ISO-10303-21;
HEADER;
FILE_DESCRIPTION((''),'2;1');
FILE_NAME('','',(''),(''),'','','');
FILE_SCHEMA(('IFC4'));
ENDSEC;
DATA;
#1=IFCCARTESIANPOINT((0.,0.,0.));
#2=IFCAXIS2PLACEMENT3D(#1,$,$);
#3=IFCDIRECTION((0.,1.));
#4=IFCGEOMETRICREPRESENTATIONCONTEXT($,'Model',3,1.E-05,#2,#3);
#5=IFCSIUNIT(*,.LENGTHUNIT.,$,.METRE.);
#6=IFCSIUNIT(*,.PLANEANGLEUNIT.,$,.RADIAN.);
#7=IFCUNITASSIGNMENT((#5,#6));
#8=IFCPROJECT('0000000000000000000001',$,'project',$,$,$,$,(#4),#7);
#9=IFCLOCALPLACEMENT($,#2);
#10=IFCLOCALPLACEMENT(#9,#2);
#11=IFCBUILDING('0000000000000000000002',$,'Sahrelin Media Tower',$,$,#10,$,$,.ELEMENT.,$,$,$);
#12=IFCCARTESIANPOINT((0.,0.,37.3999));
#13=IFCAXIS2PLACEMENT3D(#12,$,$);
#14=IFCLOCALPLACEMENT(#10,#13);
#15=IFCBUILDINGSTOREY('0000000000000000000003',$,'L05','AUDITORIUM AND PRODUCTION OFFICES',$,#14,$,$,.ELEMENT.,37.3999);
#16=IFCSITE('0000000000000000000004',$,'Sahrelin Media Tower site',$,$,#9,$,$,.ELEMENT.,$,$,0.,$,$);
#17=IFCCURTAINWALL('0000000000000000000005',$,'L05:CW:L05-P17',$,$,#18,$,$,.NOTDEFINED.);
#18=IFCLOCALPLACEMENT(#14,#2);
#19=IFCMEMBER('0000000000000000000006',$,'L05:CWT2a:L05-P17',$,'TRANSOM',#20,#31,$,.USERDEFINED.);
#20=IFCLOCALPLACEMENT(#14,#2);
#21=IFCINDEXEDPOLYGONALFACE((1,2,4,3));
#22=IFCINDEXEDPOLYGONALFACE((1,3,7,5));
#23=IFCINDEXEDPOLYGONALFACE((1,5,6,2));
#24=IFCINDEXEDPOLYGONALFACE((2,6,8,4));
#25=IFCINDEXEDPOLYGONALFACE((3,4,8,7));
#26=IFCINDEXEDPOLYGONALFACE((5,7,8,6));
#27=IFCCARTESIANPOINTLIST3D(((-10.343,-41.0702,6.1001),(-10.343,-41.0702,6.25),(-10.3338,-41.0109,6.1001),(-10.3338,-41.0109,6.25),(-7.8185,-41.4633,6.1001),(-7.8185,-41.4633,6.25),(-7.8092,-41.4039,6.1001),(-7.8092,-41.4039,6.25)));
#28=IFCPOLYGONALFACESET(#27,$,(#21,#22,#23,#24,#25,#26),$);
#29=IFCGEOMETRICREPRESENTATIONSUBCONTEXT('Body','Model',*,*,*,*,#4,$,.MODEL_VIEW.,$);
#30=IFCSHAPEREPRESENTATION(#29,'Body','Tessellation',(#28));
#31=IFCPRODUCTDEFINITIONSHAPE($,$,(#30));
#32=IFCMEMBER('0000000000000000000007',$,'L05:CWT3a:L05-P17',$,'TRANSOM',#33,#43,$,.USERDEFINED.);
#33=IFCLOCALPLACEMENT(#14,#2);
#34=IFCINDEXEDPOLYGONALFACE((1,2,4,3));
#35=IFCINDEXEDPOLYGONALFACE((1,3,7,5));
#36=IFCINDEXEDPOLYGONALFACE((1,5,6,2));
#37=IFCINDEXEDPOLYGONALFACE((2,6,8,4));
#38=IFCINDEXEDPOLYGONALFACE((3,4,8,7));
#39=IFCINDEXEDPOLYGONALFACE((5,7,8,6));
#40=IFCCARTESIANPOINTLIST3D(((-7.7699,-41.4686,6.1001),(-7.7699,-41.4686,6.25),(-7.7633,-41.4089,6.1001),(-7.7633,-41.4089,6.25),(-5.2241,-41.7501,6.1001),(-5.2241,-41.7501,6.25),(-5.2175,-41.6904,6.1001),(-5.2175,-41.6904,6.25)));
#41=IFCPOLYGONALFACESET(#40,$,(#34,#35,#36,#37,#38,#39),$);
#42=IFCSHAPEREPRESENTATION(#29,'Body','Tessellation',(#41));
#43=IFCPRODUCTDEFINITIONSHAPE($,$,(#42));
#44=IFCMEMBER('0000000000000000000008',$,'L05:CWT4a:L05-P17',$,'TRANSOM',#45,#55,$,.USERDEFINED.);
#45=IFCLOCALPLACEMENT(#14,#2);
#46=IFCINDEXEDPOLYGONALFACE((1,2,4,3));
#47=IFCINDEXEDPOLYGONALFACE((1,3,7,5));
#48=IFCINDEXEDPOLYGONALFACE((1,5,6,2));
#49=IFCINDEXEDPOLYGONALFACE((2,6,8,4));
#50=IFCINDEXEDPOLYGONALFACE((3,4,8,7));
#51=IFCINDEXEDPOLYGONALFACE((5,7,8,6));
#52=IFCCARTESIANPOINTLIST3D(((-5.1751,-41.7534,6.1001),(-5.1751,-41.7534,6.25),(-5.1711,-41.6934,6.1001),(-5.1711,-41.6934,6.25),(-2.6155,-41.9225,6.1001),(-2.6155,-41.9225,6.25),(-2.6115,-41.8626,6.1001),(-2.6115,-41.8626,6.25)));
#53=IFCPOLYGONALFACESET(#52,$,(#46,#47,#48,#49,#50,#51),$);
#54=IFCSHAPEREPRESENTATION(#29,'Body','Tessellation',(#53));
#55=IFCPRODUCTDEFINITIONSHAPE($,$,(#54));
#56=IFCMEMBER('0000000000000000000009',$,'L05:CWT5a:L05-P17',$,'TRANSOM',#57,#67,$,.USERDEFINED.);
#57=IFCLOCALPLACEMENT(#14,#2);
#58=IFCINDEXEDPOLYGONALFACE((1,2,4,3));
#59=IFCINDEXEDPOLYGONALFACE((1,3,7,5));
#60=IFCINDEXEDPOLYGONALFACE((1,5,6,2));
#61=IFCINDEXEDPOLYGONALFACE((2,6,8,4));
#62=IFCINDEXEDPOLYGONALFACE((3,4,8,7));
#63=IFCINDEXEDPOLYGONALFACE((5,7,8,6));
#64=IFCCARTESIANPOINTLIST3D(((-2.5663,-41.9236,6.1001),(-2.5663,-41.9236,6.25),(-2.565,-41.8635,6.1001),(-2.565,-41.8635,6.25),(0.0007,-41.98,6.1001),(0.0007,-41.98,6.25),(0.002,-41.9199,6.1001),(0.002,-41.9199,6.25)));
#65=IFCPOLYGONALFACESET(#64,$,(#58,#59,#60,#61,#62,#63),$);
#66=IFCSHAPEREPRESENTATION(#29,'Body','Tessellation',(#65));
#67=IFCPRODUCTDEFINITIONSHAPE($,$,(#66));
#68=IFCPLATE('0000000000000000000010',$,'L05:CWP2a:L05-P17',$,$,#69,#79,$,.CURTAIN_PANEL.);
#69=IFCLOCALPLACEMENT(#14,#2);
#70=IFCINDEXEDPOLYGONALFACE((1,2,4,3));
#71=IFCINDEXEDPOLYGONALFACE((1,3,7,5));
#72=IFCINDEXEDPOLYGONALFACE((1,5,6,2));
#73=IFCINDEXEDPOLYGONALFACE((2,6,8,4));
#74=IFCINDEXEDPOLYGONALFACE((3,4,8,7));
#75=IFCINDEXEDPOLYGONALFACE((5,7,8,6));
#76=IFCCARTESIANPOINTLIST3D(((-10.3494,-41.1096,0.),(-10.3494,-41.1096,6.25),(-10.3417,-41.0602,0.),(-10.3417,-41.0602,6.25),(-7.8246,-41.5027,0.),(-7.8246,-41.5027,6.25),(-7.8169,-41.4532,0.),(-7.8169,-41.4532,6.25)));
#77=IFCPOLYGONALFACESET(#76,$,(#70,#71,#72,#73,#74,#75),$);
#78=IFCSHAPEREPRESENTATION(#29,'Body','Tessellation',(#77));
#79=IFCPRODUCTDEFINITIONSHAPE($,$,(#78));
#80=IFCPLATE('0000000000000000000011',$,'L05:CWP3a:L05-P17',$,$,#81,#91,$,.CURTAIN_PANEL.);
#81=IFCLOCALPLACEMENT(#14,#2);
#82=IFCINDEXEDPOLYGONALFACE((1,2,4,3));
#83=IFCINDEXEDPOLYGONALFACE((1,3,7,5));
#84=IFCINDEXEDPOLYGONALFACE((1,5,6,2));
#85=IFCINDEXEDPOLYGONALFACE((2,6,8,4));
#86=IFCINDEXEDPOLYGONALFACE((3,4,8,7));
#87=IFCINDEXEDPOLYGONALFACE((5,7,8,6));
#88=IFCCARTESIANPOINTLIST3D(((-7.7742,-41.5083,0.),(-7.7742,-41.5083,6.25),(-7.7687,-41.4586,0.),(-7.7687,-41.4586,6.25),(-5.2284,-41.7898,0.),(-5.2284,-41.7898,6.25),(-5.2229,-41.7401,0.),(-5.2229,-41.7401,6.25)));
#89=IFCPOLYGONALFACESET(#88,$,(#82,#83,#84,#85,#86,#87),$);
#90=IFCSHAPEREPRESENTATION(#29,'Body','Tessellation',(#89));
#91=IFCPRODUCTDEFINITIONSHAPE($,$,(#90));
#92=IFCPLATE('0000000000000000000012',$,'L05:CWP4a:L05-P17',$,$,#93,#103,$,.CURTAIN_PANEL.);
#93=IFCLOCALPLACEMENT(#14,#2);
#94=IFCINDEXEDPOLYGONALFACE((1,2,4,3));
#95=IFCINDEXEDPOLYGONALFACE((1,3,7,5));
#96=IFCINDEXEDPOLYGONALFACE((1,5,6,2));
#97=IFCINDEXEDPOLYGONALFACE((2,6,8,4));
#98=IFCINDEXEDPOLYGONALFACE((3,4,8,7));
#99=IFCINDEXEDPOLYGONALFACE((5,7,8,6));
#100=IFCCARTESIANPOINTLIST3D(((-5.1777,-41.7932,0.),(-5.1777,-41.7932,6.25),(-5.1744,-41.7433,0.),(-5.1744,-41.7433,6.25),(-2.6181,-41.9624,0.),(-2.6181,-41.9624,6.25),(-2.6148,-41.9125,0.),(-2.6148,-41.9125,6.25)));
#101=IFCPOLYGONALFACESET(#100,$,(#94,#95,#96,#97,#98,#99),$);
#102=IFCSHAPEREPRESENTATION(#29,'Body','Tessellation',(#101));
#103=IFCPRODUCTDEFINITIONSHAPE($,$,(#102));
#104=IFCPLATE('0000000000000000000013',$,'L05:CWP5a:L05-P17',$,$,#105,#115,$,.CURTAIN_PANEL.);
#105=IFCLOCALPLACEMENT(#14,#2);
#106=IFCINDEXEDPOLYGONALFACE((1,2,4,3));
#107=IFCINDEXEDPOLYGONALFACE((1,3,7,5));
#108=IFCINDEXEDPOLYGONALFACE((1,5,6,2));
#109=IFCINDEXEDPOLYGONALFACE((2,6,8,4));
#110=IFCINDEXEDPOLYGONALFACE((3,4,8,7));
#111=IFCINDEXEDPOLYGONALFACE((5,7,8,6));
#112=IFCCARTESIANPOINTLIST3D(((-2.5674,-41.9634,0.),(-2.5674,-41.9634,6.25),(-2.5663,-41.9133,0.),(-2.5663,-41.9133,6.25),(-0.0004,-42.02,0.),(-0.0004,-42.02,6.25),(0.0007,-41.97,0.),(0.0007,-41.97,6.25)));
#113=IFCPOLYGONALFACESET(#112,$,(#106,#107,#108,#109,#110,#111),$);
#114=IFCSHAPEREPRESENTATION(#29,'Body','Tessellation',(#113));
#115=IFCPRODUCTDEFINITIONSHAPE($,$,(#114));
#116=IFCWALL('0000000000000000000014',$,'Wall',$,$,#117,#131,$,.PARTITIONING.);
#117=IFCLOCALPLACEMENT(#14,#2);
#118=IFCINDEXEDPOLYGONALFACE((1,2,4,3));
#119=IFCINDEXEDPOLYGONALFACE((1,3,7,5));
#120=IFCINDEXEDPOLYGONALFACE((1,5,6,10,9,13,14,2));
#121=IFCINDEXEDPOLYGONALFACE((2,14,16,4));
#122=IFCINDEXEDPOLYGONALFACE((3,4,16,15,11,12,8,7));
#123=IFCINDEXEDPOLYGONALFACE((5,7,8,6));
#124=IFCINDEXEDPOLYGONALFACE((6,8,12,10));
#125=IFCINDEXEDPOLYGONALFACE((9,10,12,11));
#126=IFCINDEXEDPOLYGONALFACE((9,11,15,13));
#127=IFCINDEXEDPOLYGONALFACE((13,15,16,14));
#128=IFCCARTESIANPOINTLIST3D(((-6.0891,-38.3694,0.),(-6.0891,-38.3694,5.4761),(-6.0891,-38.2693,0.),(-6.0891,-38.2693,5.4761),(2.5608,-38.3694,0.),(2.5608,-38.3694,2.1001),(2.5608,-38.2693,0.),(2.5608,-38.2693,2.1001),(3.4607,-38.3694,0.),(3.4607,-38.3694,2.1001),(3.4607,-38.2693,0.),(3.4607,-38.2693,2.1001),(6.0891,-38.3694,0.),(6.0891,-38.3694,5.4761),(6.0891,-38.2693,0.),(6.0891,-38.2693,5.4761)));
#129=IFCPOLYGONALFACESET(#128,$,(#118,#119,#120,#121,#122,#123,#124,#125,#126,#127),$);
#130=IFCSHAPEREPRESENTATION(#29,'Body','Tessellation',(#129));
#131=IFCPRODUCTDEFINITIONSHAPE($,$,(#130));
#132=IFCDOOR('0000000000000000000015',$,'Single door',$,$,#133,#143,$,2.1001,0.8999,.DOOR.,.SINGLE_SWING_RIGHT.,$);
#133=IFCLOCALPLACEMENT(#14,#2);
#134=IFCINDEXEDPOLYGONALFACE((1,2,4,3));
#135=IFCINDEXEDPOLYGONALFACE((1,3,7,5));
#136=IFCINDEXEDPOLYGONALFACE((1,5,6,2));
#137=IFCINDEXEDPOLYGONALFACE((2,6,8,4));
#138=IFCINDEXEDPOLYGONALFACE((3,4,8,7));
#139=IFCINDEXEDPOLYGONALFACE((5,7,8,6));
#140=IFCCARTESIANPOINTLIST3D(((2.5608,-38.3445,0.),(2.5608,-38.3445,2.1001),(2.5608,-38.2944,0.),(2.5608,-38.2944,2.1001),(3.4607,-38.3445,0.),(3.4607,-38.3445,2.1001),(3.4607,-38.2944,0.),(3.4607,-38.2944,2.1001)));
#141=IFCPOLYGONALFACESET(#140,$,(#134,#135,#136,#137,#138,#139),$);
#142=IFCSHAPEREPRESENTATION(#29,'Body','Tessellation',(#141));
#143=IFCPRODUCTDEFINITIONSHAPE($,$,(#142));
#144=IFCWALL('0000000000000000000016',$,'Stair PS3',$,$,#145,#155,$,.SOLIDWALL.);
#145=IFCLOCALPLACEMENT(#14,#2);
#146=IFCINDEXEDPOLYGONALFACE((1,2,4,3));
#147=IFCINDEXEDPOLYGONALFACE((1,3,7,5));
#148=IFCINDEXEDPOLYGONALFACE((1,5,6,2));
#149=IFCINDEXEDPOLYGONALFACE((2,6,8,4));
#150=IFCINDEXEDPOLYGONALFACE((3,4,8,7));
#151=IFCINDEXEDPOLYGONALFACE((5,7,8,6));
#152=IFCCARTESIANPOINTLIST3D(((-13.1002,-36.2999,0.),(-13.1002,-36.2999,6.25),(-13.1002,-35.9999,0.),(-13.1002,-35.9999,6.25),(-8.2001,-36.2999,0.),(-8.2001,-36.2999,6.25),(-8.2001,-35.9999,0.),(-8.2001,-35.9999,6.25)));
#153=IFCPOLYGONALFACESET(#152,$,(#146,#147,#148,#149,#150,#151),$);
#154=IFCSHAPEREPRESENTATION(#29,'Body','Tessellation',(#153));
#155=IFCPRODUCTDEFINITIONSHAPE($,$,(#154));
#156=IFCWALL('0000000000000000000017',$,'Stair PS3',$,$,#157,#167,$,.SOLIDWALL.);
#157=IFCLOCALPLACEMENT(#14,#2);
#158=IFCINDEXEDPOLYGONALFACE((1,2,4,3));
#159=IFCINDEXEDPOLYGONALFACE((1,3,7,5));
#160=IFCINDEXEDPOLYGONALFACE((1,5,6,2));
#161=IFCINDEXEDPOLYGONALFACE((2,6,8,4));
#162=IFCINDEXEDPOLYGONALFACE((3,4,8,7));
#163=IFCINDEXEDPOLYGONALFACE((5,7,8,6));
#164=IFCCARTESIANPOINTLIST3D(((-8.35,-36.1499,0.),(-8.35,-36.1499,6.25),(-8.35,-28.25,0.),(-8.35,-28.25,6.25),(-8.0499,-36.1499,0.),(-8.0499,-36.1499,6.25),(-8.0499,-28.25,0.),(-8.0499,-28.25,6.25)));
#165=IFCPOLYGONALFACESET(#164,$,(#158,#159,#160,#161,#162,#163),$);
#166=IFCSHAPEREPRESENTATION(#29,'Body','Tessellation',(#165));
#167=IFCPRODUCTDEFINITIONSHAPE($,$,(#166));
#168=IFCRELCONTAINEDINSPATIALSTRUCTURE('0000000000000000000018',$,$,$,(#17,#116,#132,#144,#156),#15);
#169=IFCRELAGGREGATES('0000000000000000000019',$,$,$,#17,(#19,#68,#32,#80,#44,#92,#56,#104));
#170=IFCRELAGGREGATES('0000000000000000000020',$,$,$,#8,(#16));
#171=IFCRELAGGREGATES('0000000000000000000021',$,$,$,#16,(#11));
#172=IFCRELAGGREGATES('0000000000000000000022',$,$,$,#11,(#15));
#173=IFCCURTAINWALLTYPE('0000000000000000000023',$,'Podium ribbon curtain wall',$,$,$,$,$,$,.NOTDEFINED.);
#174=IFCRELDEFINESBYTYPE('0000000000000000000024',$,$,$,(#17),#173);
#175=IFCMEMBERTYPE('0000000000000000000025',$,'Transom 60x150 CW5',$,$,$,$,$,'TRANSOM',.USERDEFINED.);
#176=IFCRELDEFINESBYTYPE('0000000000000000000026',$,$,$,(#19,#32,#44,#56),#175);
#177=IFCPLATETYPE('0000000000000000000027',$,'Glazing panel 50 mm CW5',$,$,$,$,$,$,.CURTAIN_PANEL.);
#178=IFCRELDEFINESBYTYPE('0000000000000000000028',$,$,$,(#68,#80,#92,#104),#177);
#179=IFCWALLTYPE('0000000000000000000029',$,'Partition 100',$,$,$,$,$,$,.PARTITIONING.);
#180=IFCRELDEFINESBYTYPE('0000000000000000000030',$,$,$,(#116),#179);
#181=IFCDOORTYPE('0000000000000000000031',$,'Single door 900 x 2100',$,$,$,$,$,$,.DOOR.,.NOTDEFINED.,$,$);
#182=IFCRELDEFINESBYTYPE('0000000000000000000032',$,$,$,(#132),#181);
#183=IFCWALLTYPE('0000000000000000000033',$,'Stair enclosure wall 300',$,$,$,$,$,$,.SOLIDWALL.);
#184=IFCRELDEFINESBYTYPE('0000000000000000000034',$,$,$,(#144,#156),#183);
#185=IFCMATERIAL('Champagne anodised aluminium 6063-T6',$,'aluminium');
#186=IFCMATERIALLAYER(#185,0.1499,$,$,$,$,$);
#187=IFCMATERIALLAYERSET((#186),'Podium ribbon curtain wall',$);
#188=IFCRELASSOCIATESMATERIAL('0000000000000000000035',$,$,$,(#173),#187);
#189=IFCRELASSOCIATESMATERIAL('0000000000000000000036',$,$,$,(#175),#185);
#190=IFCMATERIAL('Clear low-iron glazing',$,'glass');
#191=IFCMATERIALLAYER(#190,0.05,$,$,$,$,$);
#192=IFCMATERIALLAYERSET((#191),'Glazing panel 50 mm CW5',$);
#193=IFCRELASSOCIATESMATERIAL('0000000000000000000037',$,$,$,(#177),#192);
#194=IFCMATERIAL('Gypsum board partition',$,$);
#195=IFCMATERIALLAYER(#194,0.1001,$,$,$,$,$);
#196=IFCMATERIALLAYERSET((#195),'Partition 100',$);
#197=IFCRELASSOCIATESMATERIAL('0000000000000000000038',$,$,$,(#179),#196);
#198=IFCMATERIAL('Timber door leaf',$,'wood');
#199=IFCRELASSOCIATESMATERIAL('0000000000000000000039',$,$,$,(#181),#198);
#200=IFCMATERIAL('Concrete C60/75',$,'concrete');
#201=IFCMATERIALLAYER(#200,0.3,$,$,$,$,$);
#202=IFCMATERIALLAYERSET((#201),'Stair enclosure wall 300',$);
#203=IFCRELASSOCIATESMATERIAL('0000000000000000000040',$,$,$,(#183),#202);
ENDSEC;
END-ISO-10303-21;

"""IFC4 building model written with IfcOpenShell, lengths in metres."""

from ifc_helpers import new_model, si_unit, direction, frame, frame_2d, origin, origin_2d, place, context, subcontext, project, spatial, polyline, rectangle, outline, extrude, material, layer, layer_set, material_profile, profile_set, type_object, element, fill, aggregate, save


model = new_model("IFC4")

# Units and contexts
model_context = context("Model", 3, precision=1e-05, world=origin(), true_north=direction((0.0, 1.0)))
body_context = subcontext(model_context, "Body", "Model", "MODEL_VIEW")
ifc_project = project(units=[si_unit("LENGTHUNIT", "METRE"), si_unit("PLANEANGLEUNIT", "RADIAN")], contexts=[model_context])

# Site, building, storey
site_placement = place(None, origin())
site = spatial("IfcSite", under=ifc_project, at=site_placement, Name="Sahrelin Media Tower site", CompositionType="ELEMENT", RefElevation=0.0)
building_placement = place(site_placement, origin())
building = spatial("IfcBuilding", under=site, at=building_placement, Name="Sahrelin Media Tower", CompositionType="ELEMENT")
storey_placement = place(building_placement, frame((0.0, 0.0, 37.3999)))
storey = spatial("IfcBuildingStorey", under=building, at=storey_placement, Name="L05", Description="AUDITORIUM AND PRODUCTION OFFICES", CompositionType="ELEMENT", Elevation=37.3999)

# Curtain wall
ifc_material_1 = material(Name="Champagne anodised aluminium 6063-T6", Category="aluminium")
ifc_layer_1 = layer(ifc_material_1, 0.1499)
ifc_layer_set_1 = layer_set([ifc_layer_1], Name="Podium ribbon curtain wall")
curtain_wall_type = type_object("IfcCurtainWallType", Name="Podium ribbon curtain wall", PredefinedType="NOTDEFINED", material=ifc_layer_set_1)
curtain_wall_1_placement = place(storey_placement, frame((-12.9409, -40.5688, 0.0), z_axis=(0.0, 0.0, 1.0), x_axis=(1.0, 0.0, 0.0)))
curtain_wall_1 = element("IfcCurtainWall", 1, at=curtain_wall_1_placement, inside=storey, type_object=curtain_wall_type, Name="L05:CW:L05-P17", PredefinedType="NOTDEFINED")

# Members
ifc_material_profile_1 = material_profile(ifc_material_1, rectangle(XDim=0.0601, YDim=0.1499, at=origin_2d()), Name="Transom 60x150")
ifc_profile_set_1 = profile_set([ifc_material_profile_1], Name="Champagne anodised aluminium 6063-T6")
member_type_1 = type_object("IfcMemberType", Name="Transom 60x150 CW5", ElementType="TRANSOM", PredefinedType="USERDEFINED", material=ifc_profile_set_1)
member_1_placement = place(storey_placement, frame((-10.3384, -41.0405, 6.175), z_axis=(0.988094, -0.153852, 0.0), x_axis=(0.153852, 0.988094, 0.0)))
member_1 = element("IfcMember", 2, at=member_1_placement, type_object=member_type_1, Name="L05:CWT2a:L05-P17", ObjectType="TRANSOM", PredefinedType="USERDEFINED", context=body_context, shape_type="SweptSolid", body=[
    extrude(rectangle(XDim=0.0601, YDim=0.1499, at=origin_2d()), origin(), (0.0, 0.0, 1.0), 2.5549),
])
member_2_placement = place(storey_placement, frame((-7.7666, -41.4387, 6.175), z_axis=(0.993942, -0.109908, 0.0), x_axis=(0.109908, 0.993942, 0.0)))
member_2 = element("IfcMember", 3, at=member_2_placement, type_object=member_type_1, Name="L05:CWT3a:L05-P17", ObjectType="TRANSOM", PredefinedType="USERDEFINED", context=body_context, shape_type="SweptSolid", body=[
    extrude(rectangle(XDim=0.0601, YDim=0.1499, at=origin_2d()), origin(), (0.0, 0.0, 1.0), 2.5613),
])
member_3_placement = place(storey_placement, frame((-5.1731, -41.7234, 6.175), z_axis=(0.997822, -0.065957, 0.0), x_axis=(0.065957, 0.997822, 0.0)))
member_3 = element("IfcMember", 4, at=member_3_placement, type_object=member_type_1, Name="L05:CWT4a:L05-P17", ObjectType="TRANSOM", PredefinedType="USERDEFINED", context=body_context, shape_type="SweptSolid", body=[
    extrude(rectangle(XDim=0.0601, YDim=0.1499, at=origin_2d()), origin(), (0.0, 0.0, 1.0), 2.5652),
])
member_4_placement = place(storey_placement, frame((-2.5657, -41.8936, 6.175), z_axis=(0.999759, -0.021965, 0.0), x_axis=(0.021965, 0.999759, 0.0)))
member_4 = element("IfcMember", 5, at=member_4_placement, type_object=member_type_1, Name="L05:CWT5a:L05-P17", ObjectType="TRANSOM", PredefinedType="USERDEFINED", context=body_context, shape_type="SweptSolid", body=[
    extrude(rectangle(XDim=0.0601, YDim=0.1499, at=origin_2d()), origin(), (0.0, 0.0, 1.0), 2.5676),
])

# Plates
ifc_material_2 = material(Name="Clear low-iron glazing", Category="glass")
ifc_layer_2 = layer(ifc_material_2, 0.05)
ifc_layer_set_2 = layer_set([ifc_layer_2], Name="Glazing panel 50 mm CW5")
plate_type = type_object("IfcPlateType", Name="Glazing panel 50 mm CW5", PredefinedType="CURTAIN_PANEL", material=ifc_layer_set_2)
plate_1_placement = place(storey_placement, frame((-10.3494, -41.1096, 0.0), z_axis=(-0.153838, -0.988096, 0.0), x_axis=(0.988096, -0.153838, 0.0)))
plate_1 = element("IfcPlate", 6, at=plate_1_placement, type_object=plate_type, Name="L05:CWP2a:L05-P17", PredefinedType="CURTAIN_PANEL", context=body_context, shape_type="SweptSolid", body=[
    extrude(outline(polyline([(0.0, 0.0), (2.5552, 0.0), (2.5552, 6.25), (0.0, 6.25), (0.0, 0.0)])), origin(), (0.0, 0.0, -1.0), 0.05),
])
plate_2_placement = place(storey_placement, frame((-7.7742, -41.5083, 0.0), z_axis=(-0.109908, -0.993942, 0.0), x_axis=(0.993942, -0.109908, 0.0)))
plate_2 = element("IfcPlate", 7, at=plate_2_placement, type_object=plate_type, Name="L05:CWP3a:L05-P17", PredefinedType="CURTAIN_PANEL", context=body_context, shape_type="SweptSolid", body=[
    extrude(outline(polyline([(0.0, 0.0), (2.5613, 0.0), (2.5613, 6.25), (0.0, 6.25), (0.0, 0.0)])), origin(), (0.0, 0.0, -1.0), 0.05),
])
plate_3_placement = place(storey_placement, frame((-5.1777, -41.7932, 0.0), z_axis=(-0.065957, -0.997822, 0.0), x_axis=(0.997822, -0.065957, 0.0)))
plate_3 = element("IfcPlate", 8, at=plate_3_placement, type_object=plate_type, Name="L05:CWP4a:L05-P17", PredefinedType="CURTAIN_PANEL", context=body_context, shape_type="SweptSolid", body=[
    extrude(outline(polyline([(0.0, 0.0), (2.5652, 0.0), (2.5652, 6.25), (0.0, 6.25), (0.0, 0.0)])), origin(), (0.0, 0.0, -1.0), 0.05),
])
plate_4_placement = place(storey_placement, frame((-2.5674, -41.9634, 0.0), z_axis=(-0.02206, -0.999757, 0.0), x_axis=(0.999757, -0.02206, 0.0)))
plate_4 = element("IfcPlate", 9, at=plate_4_placement, type_object=plate_type, Name="L05:CWP5a:L05-P17", PredefinedType="CURTAIN_PANEL", context=body_context, shape_type="SweptSolid", body=[
    extrude(outline(polyline([(0.0, 0.0), (2.5676, 0.0), (2.5676, 6.25), (0.0, 6.25), (0.0, 0.0)])), origin(), (0.0, 0.0, -1.0), 0.05),
])
aggregate(curtain_wall_1, [member_1, plate_1, member_2, plate_2, member_3, plate_3, member_4, plate_4])

# Wall, opening, door
ifc_material_3 = material(Name="Gypsum board partition")
ifc_layer_3 = layer(ifc_material_3, 0.1001)
ifc_layer_set_3 = layer_set([ifc_layer_3], Name="Partition 100")
wall_type_1 = type_object("IfcWallType", Name="Partition 100", PredefinedType="PARTITIONING", material=ifc_layer_set_3)
wall_1_placement = place(storey_placement, frame((-6.0891, -38.3193, 0.0), z_axis=(0.0, 0.0, 1.0), x_axis=(1.0, 0.0, 0.0)))
wall_1 = element("IfcWall", 10, at=wall_1_placement, inside=storey, type_object=wall_type_1, Name="Wall", PredefinedType="PARTITIONING", context=body_context, shape_type="SweptSolid", body=[
    extrude(rectangle(XDim=12.1782, YDim=0.1001, at=frame_2d((6.0891, 0.0))), origin(), (0.0, 0.0, 1.0), 5.4761),
])
opening_placement = place(wall_1_placement, frame((8.6499, 0.0, 0.0)))
opening = element("IfcOpeningElement", 11, at=opening_placement, cuts=wall_1, PredefinedType="OPENING", context=body_context, shape_type="SweptSolid", body=[
    extrude(rectangle(XDim=0.8999, YDim=2.1001, at=frame_2d((0.45, 1.05))), frame((0.0, 0.05, 0.0), z_axis=(0.0, -1.0, 0.0), x_axis=(1.0, 0.0, 0.0)), (0.0, 0.0, 1.0), 0.1001),
])
ifc_material_4 = material(Name="Timber door leaf", Category="wood")
door_type = type_object("IfcDoorType", Name="Single door 900 x 2100", OperationType="NOTDEFINED", PredefinedType="DOOR", material=ifc_material_4)
door_placement = place(opening_placement, origin())
door = element("IfcDoor", 12, at=door_placement, inside=storey, type_object=door_type, Name="Single door", OperationType="SINGLE_SWING_RIGHT", OverallHeight=2.1001, OverallWidth=0.8999, PredefinedType="DOOR", context=body_context, shape_type="SweptSolid", body=[
    extrude(rectangle(XDim=0.8999, YDim=2.1001, at=frame_2d((0.45, 1.05))), frame((0.0, 0.0249, 0.0), z_axis=(0.0, -1.0, 0.0), x_axis=(1.0, 0.0, 0.0)), (0.0, 0.0, 1.0), 0.05),
])
fill(opening, door)

# Walls
ifc_material_5 = material(Name="Concrete C60/75", Category="concrete")
ifc_layer_4 = layer(ifc_material_5, 0.3)
ifc_layer_set_4 = layer_set([ifc_layer_4], Name="Stair enclosure wall 300")
wall_type_2 = type_object("IfcWallType", Name="Stair enclosure wall 300", PredefinedType="SOLIDWALL", material=ifc_layer_set_4)
wall_2_placement = place(storey_placement, frame((-8.2, -36.1499, 0.0), z_axis=(0.0, 0.0, 1.0), x_axis=(-1.0, 0.0, 0.0)))
element("IfcWall", 13, at=wall_2_placement, inside=storey, type_object=wall_type_2, Name="Stair PS3", PredefinedType="SOLIDWALL", context=body_context, shape_type="SweptSolid", body=[
    extrude(rectangle(XDim=4.9001, YDim=0.3, at=frame_2d((2.4502, 0.0))), origin(), (0.0, 0.0, 1.0), 6.25),
])
wall_3_placement = place(storey_placement, frame((-8.2, -28.25, 0.0), z_axis=(0.0, 0.0, 1.0), x_axis=(0.0, -1.0, 0.0)))
element("IfcWall", 14, at=wall_3_placement, inside=storey, type_object=wall_type_2, Name="Stair PS3", PredefinedType="SOLIDWALL", context=body_context, shape_type="SweptSolid", body=[
    extrude(rectangle(XDim=7.8999, YDim=0.3, at=frame_2d((3.95, 0.0))), origin(), (0.0, 0.0, 1.0), 6.25),
])

save(model, "model.ifc")
